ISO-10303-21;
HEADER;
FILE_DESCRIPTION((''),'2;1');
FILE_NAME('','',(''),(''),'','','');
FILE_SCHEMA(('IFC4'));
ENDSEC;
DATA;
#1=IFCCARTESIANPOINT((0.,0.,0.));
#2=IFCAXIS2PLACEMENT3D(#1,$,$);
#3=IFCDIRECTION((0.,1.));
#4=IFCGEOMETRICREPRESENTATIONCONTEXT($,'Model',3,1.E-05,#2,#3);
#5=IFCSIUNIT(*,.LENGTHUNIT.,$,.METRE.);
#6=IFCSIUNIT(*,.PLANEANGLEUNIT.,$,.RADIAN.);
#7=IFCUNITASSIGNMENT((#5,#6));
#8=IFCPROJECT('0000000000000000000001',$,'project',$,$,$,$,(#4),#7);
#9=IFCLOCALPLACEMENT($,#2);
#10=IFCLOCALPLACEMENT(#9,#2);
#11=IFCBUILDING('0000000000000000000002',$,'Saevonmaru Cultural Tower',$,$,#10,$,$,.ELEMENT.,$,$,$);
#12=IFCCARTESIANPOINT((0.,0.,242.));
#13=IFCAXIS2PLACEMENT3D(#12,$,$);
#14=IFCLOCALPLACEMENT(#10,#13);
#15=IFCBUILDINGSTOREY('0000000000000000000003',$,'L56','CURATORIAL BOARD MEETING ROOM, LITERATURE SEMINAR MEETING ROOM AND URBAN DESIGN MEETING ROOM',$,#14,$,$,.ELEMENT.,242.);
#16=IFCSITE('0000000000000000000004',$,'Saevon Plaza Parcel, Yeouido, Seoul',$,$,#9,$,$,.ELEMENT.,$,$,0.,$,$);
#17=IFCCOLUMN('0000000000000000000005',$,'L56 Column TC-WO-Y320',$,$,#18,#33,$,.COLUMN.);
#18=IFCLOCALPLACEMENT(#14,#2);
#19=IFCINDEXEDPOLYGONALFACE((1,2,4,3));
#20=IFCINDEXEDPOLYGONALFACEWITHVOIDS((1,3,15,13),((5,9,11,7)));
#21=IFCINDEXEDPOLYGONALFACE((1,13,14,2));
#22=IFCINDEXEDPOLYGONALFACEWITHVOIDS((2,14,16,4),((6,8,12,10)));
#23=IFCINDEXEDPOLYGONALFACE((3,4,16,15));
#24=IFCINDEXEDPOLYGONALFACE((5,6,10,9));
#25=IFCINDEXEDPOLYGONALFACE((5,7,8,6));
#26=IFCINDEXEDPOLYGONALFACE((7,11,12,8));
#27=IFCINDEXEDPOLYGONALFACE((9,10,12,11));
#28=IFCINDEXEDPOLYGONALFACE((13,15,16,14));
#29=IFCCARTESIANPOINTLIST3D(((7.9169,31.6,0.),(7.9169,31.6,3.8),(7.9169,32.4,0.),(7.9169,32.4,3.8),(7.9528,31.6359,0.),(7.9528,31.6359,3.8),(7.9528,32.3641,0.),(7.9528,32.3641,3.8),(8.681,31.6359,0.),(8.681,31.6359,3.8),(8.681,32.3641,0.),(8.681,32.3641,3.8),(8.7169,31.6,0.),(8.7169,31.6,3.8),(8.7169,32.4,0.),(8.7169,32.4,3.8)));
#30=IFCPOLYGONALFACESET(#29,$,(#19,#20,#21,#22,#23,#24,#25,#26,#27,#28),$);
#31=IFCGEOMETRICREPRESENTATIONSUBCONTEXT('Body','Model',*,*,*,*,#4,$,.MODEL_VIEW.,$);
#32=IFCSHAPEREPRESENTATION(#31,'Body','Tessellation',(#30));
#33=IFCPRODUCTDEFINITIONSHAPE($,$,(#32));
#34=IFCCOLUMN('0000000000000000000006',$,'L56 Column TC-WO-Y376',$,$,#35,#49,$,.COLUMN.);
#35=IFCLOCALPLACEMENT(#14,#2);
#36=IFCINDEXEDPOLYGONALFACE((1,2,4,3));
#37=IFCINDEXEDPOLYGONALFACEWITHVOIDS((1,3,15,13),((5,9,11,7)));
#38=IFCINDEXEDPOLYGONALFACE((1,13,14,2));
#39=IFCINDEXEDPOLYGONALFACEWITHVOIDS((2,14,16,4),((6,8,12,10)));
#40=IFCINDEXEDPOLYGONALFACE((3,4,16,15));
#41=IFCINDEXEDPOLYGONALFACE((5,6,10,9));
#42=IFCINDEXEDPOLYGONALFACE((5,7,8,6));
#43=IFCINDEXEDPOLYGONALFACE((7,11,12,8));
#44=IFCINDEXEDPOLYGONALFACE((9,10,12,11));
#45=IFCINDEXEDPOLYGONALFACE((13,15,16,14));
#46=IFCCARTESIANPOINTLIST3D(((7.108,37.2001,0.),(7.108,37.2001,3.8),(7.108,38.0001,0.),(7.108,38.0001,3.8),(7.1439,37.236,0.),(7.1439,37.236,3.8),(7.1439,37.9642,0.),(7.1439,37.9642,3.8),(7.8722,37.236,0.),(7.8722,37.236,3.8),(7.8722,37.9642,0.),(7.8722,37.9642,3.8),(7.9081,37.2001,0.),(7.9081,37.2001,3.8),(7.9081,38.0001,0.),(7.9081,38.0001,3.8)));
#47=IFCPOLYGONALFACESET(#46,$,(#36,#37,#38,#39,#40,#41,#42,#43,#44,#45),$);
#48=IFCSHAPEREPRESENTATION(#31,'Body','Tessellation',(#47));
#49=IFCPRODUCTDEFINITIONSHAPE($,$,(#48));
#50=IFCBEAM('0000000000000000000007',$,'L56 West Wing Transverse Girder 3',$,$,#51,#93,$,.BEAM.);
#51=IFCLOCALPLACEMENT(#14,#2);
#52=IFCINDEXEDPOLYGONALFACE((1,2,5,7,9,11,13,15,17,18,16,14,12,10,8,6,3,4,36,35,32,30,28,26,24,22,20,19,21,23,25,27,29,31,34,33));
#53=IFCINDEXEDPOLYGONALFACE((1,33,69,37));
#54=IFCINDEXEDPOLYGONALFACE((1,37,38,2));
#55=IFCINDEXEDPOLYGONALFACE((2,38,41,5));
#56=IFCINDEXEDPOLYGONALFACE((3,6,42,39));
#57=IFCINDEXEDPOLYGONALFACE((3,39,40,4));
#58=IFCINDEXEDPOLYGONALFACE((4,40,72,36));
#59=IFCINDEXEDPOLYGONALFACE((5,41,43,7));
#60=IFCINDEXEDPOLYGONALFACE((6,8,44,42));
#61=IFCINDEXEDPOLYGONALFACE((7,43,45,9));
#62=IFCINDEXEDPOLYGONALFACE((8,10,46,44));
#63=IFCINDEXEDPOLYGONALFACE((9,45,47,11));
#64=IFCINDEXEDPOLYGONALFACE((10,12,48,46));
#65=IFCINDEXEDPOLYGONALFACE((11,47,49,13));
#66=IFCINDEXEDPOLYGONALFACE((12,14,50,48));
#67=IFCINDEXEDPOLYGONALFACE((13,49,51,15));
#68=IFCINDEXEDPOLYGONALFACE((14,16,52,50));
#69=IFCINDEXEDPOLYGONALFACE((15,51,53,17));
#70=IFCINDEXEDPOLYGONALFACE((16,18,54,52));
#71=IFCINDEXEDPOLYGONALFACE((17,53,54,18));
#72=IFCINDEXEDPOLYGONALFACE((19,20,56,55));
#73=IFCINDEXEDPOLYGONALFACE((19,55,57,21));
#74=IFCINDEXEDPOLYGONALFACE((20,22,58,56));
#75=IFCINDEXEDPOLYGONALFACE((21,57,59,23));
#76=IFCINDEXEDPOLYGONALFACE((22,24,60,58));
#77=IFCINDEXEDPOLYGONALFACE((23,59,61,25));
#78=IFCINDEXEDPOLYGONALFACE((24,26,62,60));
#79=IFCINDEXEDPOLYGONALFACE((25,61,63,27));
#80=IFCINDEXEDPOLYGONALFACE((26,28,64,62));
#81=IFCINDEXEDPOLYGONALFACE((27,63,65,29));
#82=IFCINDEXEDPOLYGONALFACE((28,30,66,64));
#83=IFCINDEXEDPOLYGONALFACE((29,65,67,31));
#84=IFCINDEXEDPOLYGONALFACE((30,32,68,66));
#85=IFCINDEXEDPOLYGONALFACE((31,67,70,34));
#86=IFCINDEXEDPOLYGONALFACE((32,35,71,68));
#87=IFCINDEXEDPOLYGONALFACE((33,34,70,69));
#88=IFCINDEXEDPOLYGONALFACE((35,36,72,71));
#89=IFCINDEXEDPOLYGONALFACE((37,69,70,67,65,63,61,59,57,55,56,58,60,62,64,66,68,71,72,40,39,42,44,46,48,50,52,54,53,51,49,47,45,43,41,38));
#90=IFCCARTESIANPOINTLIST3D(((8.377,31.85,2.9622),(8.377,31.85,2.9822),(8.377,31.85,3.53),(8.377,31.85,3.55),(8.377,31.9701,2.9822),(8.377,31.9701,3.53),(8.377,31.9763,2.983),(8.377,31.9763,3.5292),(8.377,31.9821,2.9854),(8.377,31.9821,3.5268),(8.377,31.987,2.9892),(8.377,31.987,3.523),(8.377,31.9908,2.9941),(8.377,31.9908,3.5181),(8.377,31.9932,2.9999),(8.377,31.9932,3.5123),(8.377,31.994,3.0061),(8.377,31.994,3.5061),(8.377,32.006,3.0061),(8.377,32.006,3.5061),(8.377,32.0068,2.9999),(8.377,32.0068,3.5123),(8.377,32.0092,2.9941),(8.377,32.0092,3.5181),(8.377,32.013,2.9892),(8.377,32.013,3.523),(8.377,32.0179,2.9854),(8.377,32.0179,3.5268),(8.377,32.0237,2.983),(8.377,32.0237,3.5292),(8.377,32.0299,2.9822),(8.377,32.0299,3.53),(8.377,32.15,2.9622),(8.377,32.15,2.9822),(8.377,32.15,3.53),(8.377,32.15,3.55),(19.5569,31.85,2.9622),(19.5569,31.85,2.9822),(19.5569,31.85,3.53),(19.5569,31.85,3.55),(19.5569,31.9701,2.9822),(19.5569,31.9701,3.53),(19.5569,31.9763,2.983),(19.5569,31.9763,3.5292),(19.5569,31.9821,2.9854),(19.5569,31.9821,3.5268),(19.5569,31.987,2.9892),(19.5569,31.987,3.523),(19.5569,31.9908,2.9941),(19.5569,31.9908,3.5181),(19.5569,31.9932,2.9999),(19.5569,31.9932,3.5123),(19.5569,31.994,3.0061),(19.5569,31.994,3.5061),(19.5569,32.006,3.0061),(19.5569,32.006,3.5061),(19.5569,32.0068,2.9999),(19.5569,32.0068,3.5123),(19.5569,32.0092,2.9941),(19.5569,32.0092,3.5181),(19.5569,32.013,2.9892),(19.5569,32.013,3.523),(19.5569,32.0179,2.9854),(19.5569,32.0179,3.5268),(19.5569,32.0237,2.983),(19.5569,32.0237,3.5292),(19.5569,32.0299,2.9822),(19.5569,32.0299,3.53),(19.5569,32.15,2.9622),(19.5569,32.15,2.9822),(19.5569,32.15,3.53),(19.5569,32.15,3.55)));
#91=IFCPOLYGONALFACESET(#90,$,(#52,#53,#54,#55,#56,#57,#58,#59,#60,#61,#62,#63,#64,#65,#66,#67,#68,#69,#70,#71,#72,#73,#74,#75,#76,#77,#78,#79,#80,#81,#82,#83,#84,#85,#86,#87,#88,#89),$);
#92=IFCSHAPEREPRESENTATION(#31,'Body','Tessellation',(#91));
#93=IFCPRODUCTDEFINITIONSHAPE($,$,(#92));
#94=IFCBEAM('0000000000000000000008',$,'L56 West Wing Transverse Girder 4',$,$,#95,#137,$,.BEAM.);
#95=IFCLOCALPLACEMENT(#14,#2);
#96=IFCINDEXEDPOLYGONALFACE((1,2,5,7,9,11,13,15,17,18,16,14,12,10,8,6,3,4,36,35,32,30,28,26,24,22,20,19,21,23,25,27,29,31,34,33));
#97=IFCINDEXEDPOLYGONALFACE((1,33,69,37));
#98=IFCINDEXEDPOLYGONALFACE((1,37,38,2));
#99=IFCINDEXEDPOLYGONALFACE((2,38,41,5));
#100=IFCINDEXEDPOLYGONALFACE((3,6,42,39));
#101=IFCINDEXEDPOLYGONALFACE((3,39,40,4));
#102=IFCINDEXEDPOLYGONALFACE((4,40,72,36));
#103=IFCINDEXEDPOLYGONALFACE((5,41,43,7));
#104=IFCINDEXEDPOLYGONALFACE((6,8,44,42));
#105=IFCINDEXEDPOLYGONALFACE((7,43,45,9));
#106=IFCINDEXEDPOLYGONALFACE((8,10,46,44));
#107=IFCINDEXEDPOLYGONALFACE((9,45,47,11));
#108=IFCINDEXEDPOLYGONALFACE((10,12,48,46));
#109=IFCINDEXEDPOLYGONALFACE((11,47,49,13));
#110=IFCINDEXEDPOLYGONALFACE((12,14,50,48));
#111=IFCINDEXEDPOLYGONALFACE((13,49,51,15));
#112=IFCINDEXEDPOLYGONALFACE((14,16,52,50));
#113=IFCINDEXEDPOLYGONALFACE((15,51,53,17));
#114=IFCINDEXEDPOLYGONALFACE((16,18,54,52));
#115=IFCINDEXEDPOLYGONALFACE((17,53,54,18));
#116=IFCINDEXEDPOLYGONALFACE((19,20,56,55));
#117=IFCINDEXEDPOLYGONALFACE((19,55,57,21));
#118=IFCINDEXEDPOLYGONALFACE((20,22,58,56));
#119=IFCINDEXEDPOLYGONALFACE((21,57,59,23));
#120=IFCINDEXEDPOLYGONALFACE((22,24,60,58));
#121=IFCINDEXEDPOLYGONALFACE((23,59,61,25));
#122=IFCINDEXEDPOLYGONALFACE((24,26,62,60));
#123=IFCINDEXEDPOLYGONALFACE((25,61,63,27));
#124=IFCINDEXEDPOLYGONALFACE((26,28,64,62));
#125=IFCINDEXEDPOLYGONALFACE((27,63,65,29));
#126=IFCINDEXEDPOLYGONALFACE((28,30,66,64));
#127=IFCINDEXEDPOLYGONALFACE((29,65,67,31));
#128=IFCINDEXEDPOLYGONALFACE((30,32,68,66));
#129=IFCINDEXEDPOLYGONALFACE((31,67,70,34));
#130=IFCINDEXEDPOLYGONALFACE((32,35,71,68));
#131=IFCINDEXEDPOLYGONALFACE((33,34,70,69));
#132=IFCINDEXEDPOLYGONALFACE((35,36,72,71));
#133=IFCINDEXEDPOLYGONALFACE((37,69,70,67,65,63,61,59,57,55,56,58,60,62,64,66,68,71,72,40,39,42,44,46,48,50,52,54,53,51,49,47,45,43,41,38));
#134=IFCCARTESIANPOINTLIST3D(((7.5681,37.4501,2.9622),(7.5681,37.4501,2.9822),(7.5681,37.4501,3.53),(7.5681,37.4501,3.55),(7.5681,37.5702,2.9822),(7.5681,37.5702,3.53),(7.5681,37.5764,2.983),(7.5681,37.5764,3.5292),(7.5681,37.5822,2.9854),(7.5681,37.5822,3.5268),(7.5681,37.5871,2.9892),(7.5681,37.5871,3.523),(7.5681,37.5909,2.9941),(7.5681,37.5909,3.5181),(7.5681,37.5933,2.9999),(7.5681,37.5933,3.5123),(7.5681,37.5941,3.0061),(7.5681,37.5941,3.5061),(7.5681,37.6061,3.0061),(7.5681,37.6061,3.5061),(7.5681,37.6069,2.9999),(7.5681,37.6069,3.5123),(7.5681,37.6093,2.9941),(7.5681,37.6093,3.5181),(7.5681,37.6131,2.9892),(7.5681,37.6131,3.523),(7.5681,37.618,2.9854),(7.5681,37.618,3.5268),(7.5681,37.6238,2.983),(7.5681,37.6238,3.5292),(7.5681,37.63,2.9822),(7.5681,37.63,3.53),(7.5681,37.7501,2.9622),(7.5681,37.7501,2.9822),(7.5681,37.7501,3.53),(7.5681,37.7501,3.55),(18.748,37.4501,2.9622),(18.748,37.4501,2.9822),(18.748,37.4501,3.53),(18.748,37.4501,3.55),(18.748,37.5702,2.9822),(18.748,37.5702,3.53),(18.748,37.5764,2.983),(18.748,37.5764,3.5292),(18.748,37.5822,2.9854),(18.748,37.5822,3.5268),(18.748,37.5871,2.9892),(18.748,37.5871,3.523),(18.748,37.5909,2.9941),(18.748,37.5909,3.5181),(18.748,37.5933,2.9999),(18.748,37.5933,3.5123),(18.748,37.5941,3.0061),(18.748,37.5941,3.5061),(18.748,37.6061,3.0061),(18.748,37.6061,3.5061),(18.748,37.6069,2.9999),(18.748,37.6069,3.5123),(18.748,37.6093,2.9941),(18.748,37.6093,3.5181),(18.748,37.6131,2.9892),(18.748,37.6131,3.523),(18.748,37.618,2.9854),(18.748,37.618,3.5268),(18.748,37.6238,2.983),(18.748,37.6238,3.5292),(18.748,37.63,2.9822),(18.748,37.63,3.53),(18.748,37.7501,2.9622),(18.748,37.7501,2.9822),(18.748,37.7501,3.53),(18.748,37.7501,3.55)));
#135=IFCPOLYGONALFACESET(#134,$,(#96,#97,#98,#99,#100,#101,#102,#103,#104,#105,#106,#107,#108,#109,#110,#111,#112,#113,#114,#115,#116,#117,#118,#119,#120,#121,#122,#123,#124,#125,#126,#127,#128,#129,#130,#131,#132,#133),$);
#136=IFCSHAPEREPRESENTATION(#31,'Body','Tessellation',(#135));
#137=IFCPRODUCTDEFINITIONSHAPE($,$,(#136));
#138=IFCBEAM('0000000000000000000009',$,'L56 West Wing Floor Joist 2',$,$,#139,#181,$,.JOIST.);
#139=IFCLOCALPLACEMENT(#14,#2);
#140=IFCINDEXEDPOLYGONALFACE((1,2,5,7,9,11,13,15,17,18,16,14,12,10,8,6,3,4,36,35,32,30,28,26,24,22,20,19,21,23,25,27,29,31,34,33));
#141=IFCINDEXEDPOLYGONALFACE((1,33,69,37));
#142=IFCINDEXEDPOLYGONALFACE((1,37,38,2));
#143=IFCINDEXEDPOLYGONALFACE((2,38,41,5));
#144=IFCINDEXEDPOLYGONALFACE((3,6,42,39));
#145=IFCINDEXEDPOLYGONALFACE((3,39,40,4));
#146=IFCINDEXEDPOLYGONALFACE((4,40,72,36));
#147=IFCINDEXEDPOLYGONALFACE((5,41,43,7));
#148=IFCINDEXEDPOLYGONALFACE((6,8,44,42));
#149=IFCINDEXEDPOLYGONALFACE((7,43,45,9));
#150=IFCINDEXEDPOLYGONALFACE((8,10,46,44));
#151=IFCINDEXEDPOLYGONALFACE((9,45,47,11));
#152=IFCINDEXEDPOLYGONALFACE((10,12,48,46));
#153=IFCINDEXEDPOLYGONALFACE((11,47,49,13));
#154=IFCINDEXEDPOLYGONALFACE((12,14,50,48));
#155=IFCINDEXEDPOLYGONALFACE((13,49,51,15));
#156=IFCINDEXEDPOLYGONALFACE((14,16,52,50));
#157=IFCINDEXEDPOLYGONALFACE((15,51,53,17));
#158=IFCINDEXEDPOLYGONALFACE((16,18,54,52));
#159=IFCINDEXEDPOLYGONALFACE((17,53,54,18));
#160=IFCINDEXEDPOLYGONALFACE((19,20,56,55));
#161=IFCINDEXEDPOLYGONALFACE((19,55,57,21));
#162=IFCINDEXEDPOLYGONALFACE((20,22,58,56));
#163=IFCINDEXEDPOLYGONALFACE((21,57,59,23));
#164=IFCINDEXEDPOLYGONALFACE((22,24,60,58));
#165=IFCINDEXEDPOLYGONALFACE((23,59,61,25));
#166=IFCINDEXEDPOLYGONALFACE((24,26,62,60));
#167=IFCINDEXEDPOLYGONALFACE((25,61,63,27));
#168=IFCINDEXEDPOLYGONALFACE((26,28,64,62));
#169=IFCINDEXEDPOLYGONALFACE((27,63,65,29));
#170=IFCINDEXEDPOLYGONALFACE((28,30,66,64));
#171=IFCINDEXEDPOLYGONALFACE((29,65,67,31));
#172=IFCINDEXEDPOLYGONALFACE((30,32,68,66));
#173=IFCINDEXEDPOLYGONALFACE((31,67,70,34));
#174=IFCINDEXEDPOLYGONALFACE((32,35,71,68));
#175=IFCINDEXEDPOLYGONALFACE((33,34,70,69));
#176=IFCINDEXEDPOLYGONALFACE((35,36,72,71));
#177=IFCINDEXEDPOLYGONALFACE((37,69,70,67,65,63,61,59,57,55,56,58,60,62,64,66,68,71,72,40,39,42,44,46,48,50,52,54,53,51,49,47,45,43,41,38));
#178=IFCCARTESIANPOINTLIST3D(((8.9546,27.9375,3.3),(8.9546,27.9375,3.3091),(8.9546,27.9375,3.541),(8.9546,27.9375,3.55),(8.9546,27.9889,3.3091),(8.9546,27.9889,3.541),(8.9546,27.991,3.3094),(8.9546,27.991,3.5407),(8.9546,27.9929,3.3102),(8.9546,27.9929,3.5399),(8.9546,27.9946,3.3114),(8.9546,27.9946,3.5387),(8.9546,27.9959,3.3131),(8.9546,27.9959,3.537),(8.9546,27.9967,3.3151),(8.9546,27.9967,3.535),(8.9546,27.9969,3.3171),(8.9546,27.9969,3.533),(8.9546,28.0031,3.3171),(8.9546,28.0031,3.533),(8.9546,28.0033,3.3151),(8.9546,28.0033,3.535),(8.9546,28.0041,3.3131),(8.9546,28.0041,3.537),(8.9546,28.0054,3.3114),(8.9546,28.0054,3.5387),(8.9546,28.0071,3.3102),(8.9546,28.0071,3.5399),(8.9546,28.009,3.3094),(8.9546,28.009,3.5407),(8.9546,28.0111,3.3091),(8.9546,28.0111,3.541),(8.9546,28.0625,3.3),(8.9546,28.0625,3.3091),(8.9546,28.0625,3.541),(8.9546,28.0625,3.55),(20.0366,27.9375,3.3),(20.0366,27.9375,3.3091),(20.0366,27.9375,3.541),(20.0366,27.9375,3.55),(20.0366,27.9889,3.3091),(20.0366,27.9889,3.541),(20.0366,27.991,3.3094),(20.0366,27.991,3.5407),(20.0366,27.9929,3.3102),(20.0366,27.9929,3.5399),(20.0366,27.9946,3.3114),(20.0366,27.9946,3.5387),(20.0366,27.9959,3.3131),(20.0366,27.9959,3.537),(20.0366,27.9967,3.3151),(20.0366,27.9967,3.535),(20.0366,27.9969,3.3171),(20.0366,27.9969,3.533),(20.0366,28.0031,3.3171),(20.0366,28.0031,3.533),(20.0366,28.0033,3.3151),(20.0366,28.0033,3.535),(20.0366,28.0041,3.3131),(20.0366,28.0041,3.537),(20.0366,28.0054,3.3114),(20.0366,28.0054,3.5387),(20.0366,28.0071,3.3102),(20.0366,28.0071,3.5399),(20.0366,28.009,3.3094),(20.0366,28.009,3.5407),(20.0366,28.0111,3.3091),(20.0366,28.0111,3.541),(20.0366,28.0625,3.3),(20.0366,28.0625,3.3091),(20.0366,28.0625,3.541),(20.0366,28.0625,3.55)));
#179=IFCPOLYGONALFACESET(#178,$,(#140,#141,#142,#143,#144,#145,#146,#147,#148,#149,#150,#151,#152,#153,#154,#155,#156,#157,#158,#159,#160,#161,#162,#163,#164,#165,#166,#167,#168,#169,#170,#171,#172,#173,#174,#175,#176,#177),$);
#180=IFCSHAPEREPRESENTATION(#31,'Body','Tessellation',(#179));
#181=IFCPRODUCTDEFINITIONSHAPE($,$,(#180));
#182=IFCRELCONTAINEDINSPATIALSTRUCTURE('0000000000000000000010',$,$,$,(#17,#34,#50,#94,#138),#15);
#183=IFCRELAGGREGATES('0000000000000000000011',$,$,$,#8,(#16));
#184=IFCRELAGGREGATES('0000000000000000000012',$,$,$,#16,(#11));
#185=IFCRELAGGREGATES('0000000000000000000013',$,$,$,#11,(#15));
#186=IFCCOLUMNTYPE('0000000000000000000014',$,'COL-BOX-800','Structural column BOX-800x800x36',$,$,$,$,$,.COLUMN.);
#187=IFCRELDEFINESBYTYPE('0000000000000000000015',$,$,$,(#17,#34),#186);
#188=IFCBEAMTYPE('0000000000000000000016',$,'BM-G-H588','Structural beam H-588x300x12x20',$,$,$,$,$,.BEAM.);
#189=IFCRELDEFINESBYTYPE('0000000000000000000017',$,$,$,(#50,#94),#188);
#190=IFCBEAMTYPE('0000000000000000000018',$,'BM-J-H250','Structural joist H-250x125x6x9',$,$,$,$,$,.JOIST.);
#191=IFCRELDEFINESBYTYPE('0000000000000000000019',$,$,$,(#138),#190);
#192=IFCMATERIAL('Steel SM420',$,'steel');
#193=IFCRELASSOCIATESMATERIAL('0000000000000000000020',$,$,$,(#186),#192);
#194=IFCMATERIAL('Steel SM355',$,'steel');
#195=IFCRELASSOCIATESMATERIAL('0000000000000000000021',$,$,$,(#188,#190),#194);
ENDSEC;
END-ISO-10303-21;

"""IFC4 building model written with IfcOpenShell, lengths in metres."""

from ifc_helpers import new_model, si_unit, direction, frame, origin, origin_2d, place, context, subcontext, project, spatial, hollow_rectangle, i_section, extrude, material, material_profile, profile_set, type_object, element, save


model = new_model("IFC4")

# Units and contexts
model_context = context("Model", 3, precision=1e-05, world=origin(), true_north=direction((0.0, 1.0)))
body_context = subcontext(model_context, "Body", "Model", "MODEL_VIEW")
ifc_project = project(units=[si_unit("LENGTHUNIT", "METRE"), si_unit("PLANEANGLEUNIT", "RADIAN")], contexts=[model_context])

# Site, building, storey
site_placement = place(None, origin())
site = spatial("IfcSite", under=ifc_project, at=site_placement, Name="Saevon Plaza Parcel, Yeouido, Seoul", CompositionType="ELEMENT", RefElevation=0.0)
building_placement = place(site_placement, origin())
building = spatial("IfcBuilding", under=site, at=building_placement, Name="Saevonmaru Cultural Tower", CompositionType="ELEMENT")
storey_placement = place(building_placement, frame((0.0, 0.0, 242.0)))
storey = spatial("IfcBuildingStorey", under=building, at=storey_placement, Name="L56", Description="CURATORIAL BOARD MEETING ROOM, LITERATURE SEMINAR MEETING ROOM AND URBAN DESIGN MEETING ROOM", CompositionType="ELEMENT", Elevation=242.0)

# Columns
ifc_material_1 = material(Name="Steel SM420", Category="steel")
ifc_material_profile_1 = material_profile(ifc_material_1, hollow_rectangle(XDim=0.8, YDim=0.8, WallThickness=0.0359, at=origin_2d()), Name="BOX-800x800x36")
ifc_profile_set_1 = profile_set([ifc_material_profile_1], Name="Steel SM420")
column_type = type_object("IfcColumnType", Name="COL-BOX-800", Description="Structural column BOX-800x800x36", PredefinedType="COLUMN", material=ifc_profile_set_1)
for number, where, z_axis, x_axis, name in (
    (1, (8.3169, 32.0, 0.0), (0.0, 0.0, 1.0), (1.0, 0.0, 0.0), "L56 Column TC-WO-Y320"),
    (2, (7.5081, 37.6001, 0.0), (0.0, 0.0, 1.0), (1.0, 0.0, 0.0), "L56 Column TC-WO-Y376"),
):
    element("IfcColumn", number, at=place(storey_placement, frame(where, z_axis=z_axis, x_axis=x_axis)), inside=storey, type_object=column_type, Name=name, PredefinedType="COLUMN", context=body_context, shape_type="SweptSolid", body=[
        extrude(hollow_rectangle(XDim=0.8, YDim=0.8, WallThickness=0.0359, at=origin_2d()), origin(), (0.0, 0.0, 1.0), 3.8),
    ])

# Beams
ifc_material_2 = material(Name="Steel SM355", Category="steel")
ifc_material_profile_2 = material_profile(ifc_material_2, i_section(OverallWidth=0.3, OverallDepth=0.5879, WebThickness=0.012, FlangeThickness=0.02, FilletRadius=0.0239, at=origin_2d()), Name="H-588x300x12x20")
ifc_profile_set_2 = profile_set([ifc_material_profile_2], Name="Steel SM355")
beam_type_1 = type_object("IfcBeamType", Name="BM-G-H588", Description="Structural beam H-588x300x12x20", PredefinedType="BEAM", material=ifc_profile_set_2)
for number, where, z_axis, x_axis, name in (
    (3, (8.377, 32.0, 3.2561), (1.0, 0.0, 0.0), (0.0, 1.0, 0.0), "L56 West Wing Transverse Girder 3"),
    (4, (7.5681, 37.6001, 3.2561), (1.0, 0.0, 0.0), (0.0, 1.0, 0.0), "L56 West Wing Transverse Girder 4"),
):
    element("IfcBeam", number, at=place(storey_placement, frame(where, z_axis=z_axis, x_axis=x_axis)), inside=storey, type_object=beam_type_1, Name=name, PredefinedType="BEAM", context=body_context, shape_type="SweptSolid", body=[
        extrude(i_section(OverallWidth=0.3, OverallDepth=0.5879, WebThickness=0.012, FlangeThickness=0.02, FilletRadius=0.0239, at=origin_2d()), origin(), (0.0, 0.0, 1.0), 11.1799),
    ])
ifc_material_profile_3 = material_profile(ifc_material_2, i_section(OverallWidth=0.125, OverallDepth=0.25, WebThickness=0.0061, FlangeThickness=0.009, FilletRadius=0.0081, at=origin_2d()), Name="H-250x125x6x9")
ifc_profile_set_3 = profile_set([ifc_material_profile_3], Name="Steel SM355")
beam_type_2 = type_object("IfcBeamType", Name="BM-J-H250", Description="Structural joist H-250x125x6x9", PredefinedType="JOIST", material=ifc_profile_set_3)
for number, where, z_axis, x_axis, name in (
    (5, (8.9546, 28.0, 3.425), (1.0, 0.0, 0.0), (0.0, 1.0, 0.0), "L56 West Wing Floor Joist 2"),
):
    element("IfcBeam", number, at=place(storey_placement, frame(where, z_axis=z_axis, x_axis=x_axis)), inside=storey, type_object=beam_type_2, Name=name, PredefinedType="JOIST", context=body_context, shape_type="SweptSolid", body=[
        extrude(i_section(OverallWidth=0.125, OverallDepth=0.25, WebThickness=0.0061, FlangeThickness=0.009, FilletRadius=0.0081, at=origin_2d()), origin(), (0.0, 0.0, 1.0), 11.082),
    ])

save(model, "model.ifc")
